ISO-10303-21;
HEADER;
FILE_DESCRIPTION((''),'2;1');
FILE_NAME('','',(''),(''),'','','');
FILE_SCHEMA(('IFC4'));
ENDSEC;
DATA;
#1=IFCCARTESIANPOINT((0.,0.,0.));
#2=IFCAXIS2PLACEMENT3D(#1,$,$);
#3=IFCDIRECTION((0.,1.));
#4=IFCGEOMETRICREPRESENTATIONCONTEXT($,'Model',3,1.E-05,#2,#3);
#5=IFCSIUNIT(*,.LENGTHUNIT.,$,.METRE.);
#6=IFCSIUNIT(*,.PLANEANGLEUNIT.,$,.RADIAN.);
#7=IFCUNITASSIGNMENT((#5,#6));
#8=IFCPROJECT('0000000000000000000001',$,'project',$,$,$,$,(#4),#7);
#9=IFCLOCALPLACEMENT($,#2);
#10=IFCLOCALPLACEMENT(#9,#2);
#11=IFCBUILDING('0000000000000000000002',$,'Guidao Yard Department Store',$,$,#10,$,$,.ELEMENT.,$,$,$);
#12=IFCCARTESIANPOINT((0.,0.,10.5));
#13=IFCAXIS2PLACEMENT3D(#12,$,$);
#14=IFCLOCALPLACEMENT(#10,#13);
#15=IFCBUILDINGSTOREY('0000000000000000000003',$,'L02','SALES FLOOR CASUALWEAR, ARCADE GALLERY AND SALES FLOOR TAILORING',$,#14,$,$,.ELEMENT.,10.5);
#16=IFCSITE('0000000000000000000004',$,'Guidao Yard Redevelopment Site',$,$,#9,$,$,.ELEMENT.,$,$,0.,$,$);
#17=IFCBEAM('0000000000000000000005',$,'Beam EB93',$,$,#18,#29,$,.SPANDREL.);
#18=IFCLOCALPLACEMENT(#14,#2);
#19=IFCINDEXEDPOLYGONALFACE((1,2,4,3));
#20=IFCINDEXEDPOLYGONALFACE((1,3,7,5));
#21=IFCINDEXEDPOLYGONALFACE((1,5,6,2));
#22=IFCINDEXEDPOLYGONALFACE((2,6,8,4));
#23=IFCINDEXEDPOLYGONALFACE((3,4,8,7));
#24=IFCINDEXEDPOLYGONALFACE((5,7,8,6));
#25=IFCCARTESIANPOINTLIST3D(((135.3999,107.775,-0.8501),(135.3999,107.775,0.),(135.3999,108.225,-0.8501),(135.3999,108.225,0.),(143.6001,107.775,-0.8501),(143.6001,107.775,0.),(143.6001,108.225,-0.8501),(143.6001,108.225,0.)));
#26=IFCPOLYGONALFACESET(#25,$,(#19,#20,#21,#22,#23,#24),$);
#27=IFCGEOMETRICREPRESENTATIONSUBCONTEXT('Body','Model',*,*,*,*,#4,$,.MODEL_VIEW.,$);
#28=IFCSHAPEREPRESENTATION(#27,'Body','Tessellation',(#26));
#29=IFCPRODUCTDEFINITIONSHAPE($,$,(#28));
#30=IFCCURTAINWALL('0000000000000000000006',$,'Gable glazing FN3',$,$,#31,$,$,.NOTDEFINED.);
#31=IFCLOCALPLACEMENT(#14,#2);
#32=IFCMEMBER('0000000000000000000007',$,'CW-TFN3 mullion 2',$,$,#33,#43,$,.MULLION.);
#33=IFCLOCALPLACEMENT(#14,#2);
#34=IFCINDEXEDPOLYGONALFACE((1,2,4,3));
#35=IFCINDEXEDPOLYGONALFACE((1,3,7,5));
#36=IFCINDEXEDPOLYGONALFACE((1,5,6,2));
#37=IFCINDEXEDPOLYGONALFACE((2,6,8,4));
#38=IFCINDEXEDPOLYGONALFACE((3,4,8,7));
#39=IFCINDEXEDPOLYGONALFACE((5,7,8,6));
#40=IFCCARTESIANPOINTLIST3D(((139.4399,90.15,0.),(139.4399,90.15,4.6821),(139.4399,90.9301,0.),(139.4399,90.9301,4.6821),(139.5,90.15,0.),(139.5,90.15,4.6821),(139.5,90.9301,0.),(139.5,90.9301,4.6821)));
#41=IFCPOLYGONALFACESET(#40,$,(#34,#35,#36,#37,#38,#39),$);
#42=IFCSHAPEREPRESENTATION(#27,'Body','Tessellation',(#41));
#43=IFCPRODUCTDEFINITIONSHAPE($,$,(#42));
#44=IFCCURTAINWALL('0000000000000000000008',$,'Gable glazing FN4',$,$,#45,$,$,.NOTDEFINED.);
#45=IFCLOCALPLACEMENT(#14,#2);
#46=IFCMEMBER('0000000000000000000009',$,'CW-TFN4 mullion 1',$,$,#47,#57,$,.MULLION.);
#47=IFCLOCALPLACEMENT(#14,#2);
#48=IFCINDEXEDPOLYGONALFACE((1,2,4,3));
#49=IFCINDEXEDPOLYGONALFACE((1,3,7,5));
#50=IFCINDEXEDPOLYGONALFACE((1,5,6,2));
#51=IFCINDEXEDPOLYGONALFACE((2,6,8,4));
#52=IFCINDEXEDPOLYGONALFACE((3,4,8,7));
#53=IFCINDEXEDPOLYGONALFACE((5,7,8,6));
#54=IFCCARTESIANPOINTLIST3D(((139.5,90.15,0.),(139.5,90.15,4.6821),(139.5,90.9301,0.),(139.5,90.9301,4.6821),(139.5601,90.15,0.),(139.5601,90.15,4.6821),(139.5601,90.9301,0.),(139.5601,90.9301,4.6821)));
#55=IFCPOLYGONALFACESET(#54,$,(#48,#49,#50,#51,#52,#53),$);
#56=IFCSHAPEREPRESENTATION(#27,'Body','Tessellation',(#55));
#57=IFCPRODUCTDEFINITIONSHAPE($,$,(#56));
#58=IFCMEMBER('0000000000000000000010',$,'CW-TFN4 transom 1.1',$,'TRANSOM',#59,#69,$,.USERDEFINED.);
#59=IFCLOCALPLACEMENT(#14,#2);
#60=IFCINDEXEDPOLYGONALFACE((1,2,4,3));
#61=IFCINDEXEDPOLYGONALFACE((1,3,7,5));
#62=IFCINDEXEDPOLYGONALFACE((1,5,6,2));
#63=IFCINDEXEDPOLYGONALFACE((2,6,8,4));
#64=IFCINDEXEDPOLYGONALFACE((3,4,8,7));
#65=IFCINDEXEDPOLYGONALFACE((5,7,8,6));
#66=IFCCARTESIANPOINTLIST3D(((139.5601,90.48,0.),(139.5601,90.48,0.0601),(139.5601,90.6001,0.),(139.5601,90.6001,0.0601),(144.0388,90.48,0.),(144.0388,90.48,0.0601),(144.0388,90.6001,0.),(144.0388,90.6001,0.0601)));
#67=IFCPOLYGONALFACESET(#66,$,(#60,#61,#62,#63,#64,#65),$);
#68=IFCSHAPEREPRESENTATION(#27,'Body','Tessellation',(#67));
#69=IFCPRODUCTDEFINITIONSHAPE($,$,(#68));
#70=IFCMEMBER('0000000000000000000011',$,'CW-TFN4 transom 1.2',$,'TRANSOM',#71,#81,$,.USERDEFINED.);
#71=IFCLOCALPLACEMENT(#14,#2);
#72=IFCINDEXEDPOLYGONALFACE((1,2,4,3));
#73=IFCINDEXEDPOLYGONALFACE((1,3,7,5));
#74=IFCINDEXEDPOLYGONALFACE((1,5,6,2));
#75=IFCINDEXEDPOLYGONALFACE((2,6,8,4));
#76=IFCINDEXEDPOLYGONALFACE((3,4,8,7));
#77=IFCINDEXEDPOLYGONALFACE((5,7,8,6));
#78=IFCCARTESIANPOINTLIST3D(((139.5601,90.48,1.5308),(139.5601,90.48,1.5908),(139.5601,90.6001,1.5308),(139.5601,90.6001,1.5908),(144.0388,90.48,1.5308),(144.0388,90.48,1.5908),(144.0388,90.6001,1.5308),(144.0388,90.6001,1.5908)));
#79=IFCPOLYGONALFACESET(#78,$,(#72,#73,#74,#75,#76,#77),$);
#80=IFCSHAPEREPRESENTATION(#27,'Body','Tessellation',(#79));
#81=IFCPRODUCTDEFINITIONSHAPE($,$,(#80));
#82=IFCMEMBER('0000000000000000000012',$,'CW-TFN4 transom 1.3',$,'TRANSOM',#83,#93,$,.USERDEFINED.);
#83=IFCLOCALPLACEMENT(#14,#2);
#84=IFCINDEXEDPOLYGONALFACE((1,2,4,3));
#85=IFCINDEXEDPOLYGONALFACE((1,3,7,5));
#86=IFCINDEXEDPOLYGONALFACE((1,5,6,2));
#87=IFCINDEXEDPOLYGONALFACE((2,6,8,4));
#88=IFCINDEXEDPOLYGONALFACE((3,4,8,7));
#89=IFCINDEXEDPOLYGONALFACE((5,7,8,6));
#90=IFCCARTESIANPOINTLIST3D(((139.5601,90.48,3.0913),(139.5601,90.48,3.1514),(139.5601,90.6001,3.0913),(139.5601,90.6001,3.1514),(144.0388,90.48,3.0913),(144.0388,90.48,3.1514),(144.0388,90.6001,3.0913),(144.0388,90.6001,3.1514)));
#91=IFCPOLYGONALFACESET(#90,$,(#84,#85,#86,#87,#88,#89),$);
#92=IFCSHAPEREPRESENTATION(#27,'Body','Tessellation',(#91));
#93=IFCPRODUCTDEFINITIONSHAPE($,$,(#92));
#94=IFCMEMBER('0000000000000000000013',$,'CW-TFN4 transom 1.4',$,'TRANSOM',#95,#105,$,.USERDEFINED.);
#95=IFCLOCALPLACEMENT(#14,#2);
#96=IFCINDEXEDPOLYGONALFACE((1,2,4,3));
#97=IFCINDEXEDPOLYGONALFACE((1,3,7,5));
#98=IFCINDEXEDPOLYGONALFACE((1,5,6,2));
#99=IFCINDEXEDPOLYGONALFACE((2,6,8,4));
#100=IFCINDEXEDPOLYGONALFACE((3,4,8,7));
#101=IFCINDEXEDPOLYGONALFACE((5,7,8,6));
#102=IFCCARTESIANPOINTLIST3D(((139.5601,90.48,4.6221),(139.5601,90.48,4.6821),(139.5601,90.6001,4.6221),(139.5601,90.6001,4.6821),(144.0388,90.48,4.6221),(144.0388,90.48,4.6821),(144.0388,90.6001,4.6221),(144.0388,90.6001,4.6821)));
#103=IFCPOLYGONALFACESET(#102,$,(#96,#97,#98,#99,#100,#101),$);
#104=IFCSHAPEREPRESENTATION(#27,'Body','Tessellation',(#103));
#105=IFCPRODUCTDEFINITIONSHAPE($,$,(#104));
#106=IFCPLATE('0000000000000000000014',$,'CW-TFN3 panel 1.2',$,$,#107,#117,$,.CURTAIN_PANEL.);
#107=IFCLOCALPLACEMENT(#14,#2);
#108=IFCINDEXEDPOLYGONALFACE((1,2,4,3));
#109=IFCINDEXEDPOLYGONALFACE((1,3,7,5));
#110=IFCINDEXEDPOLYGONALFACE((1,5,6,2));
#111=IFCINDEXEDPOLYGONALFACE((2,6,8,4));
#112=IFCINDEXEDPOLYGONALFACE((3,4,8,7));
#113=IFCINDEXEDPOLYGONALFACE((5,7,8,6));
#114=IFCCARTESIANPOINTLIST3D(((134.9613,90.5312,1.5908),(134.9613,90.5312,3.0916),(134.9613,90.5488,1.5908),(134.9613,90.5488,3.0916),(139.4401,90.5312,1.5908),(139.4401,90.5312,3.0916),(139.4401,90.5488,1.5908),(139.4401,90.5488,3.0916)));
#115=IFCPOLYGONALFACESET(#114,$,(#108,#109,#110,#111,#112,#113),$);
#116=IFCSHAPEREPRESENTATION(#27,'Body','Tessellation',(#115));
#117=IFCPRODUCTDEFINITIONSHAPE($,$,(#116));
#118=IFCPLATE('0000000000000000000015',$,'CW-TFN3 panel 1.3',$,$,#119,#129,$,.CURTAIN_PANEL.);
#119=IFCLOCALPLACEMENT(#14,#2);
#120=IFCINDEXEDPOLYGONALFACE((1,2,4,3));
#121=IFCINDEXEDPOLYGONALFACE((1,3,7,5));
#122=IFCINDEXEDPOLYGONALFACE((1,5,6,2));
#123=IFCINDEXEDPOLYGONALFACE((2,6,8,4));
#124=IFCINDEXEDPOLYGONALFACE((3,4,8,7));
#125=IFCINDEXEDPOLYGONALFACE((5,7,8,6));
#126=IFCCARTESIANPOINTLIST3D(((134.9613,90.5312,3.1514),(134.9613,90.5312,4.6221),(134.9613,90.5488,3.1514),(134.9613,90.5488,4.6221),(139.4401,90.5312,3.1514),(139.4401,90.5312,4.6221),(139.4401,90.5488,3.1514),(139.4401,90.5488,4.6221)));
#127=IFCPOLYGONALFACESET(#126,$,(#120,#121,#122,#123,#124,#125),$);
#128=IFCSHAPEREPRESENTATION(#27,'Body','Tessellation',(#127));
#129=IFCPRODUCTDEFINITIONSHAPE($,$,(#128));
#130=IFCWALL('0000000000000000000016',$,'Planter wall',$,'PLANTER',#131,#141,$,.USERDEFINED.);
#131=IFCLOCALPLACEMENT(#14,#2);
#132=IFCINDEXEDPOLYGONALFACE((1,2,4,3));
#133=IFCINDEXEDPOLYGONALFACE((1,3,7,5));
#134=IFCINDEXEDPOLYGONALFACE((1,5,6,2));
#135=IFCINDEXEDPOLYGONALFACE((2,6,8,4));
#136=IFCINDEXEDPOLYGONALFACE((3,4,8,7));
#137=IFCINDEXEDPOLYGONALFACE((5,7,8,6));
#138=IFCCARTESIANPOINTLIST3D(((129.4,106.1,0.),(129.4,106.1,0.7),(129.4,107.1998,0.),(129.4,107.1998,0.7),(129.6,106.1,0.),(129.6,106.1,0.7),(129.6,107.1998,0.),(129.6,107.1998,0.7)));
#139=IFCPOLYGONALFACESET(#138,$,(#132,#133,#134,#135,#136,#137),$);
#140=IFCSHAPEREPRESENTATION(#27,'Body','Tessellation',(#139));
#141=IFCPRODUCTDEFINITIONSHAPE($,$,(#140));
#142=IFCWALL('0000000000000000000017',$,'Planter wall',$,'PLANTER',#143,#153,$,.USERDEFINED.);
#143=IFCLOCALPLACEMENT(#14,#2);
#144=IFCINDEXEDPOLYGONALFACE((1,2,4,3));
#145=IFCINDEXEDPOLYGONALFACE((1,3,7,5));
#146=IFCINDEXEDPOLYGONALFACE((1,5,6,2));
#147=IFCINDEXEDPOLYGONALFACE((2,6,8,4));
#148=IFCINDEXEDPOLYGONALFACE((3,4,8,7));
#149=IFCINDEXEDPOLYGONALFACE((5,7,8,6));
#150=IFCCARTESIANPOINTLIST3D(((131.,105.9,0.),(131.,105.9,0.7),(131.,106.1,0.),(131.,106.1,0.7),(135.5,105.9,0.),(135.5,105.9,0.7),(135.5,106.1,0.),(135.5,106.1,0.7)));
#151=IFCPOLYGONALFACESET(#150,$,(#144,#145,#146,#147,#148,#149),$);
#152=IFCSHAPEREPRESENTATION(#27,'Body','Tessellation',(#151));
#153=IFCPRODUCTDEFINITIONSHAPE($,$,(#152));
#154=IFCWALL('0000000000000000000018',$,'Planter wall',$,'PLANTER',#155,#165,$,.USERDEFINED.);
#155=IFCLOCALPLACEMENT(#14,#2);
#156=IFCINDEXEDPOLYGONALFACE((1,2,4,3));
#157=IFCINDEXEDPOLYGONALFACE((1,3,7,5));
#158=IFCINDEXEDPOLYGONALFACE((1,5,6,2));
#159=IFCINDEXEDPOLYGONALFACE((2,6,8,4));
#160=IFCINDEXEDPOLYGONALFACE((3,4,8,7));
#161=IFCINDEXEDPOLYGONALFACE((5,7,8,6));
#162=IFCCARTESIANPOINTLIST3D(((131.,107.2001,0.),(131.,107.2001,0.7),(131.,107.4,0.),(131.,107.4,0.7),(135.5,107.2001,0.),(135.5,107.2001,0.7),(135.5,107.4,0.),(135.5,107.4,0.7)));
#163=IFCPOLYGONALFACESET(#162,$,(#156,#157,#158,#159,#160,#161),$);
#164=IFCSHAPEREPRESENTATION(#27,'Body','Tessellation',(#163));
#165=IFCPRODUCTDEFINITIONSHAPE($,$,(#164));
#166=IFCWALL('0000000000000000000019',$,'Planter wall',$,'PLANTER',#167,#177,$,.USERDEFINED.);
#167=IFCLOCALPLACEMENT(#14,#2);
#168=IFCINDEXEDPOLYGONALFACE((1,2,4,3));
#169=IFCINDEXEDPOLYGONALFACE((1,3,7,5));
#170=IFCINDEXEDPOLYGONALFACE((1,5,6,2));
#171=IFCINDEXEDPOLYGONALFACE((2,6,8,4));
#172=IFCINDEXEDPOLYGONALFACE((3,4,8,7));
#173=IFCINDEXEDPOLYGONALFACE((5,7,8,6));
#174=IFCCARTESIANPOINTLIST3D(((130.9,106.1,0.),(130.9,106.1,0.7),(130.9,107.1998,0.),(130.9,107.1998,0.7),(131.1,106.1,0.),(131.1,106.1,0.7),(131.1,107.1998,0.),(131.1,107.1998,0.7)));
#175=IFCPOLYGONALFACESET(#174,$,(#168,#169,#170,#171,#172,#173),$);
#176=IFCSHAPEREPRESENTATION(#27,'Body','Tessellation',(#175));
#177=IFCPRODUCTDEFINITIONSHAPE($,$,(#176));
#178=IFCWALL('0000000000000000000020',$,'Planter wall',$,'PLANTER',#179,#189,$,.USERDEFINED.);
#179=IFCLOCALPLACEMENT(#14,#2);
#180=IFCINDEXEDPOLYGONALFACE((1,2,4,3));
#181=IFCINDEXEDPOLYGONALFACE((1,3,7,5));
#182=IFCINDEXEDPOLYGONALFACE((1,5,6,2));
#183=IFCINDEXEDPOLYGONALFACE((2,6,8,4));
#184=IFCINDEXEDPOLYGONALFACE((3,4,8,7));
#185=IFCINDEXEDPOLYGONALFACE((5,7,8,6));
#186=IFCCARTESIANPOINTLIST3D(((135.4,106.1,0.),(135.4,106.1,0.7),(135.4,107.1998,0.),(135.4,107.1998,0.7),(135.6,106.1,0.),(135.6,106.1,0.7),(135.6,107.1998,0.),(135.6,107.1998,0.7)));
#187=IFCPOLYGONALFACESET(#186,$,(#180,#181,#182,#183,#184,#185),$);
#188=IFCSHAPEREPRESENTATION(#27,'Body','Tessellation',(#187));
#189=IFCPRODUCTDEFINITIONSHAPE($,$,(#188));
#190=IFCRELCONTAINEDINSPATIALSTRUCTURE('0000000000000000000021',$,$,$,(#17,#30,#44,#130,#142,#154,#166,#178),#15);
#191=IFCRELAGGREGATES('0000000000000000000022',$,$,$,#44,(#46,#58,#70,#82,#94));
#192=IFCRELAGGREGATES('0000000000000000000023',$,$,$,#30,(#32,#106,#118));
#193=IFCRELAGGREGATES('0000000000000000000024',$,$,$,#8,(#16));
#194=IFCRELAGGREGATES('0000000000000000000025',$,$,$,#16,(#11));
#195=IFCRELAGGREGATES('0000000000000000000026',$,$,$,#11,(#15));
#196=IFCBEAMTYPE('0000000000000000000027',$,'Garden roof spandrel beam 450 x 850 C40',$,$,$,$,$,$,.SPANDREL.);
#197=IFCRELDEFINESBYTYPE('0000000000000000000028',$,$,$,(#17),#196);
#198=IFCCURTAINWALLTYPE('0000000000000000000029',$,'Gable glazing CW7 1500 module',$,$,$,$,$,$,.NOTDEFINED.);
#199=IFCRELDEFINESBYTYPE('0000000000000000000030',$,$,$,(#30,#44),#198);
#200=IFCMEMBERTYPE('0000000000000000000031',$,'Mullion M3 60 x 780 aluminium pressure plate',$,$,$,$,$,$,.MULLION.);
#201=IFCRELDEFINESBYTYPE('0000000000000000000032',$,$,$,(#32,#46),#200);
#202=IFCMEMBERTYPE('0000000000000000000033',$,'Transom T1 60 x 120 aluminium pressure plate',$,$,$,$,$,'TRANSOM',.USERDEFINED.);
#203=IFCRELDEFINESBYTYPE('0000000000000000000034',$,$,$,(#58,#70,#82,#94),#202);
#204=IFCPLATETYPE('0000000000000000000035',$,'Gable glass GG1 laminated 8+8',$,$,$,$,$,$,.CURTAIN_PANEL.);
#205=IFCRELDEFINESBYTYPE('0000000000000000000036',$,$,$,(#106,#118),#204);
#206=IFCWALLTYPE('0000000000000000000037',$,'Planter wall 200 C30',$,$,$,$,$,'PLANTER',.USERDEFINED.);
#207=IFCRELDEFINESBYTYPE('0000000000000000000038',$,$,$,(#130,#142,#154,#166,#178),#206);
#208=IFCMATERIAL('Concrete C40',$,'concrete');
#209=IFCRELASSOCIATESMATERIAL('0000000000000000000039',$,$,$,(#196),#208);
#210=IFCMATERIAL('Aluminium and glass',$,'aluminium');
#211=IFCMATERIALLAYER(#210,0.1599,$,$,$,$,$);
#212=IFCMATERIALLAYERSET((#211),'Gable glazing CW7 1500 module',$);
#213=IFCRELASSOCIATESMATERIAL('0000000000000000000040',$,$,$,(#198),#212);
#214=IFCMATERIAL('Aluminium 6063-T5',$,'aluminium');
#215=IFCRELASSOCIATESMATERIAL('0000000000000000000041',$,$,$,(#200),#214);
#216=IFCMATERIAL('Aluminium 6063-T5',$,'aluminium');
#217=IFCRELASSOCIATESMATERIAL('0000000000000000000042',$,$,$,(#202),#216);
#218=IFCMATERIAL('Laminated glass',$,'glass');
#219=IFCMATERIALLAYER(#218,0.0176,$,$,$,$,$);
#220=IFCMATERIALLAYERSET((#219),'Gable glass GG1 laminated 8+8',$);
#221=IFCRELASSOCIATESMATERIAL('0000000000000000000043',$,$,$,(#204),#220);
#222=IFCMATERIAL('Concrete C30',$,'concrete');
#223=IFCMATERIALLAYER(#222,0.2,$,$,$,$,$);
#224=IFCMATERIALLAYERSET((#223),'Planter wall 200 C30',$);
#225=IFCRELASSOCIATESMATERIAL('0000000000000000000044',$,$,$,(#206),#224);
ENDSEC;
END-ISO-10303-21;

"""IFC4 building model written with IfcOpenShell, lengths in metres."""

from ifc_helpers import new_model, si_unit, direction, frame, frame_2d, origin, origin_2d, place, context, subcontext, project, spatial, rectangle, extrude, material, layer, layer_set, material_profile, profile_set, type_object, element, aggregate, save


model = new_model("IFC4")

# Units and contexts
model_context = context("Model", 3, precision=1e-05, world=origin(), true_north=direction((0.0, 1.0)))
body_context = subcontext(model_context, "Body", "Model", "MODEL_VIEW")
ifc_project = project(units=[si_unit("LENGTHUNIT", "METRE"), si_unit("PLANEANGLEUNIT", "RADIAN")], contexts=[model_context])

# Site, building, storey
site_placement = place(None, origin())
site = spatial("IfcSite", under=ifc_project, at=site_placement, Name="Guidao Yard Redevelopment Site", CompositionType="ELEMENT", RefElevation=0.0)
building_placement = place(site_placement, origin())
building = spatial("IfcBuilding", under=site, at=building_placement, Name="Guidao Yard Department Store", CompositionType="ELEMENT")
storey_placement = place(building_placement, frame((0.0, 0.0, 10.5)))
storey = spatial("IfcBuildingStorey", under=building, at=storey_placement, Name="L02", Description="SALES FLOOR CASUALWEAR, ARCADE GALLERY AND SALES FLOOR TAILORING", CompositionType="ELEMENT", Elevation=10.5)

# Beam
ifc_material_1 = material(Name="Concrete C40", Category="concrete")
ifc_material_profile_1 = material_profile(ifc_material_1, rectangle(XDim=0.45, YDim=0.8501, at=origin_2d()), Name="Garden roof spandrel beam 450 x 850 C40")
ifc_profile_set_1 = profile_set([ifc_material_profile_1], Name="Concrete C40")
beam_type = type_object("IfcBeamType", Name="Garden roof spandrel beam 450 x 850 C40", PredefinedType="SPANDREL", material=ifc_profile_set_1)
beam_placement = place(storey_placement, frame((135.3999, 108.0, -0.425), z_axis=(1.0, 0.0, 0.0), x_axis=(0.0, 1.0, 0.0)))
element("IfcBeam", 1, at=beam_placement, inside=storey, type_object=beam_type, Name="Beam EB93", PredefinedType="SPANDREL", context=body_context, shape_type="SweptSolid", body=[
    extrude(rectangle(XDim=0.45, YDim=0.8501, at=origin_2d()), origin(), (0.0, 0.0, 1.0), 8.2002),
])

# Curtain wall, member
ifc_material_2 = material(Name="Aluminium and glass", Category="aluminium")
ifc_layer_1 = layer(ifc_material_2, 0.1599)
ifc_layer_set_1 = layer_set([ifc_layer_1], Name="Gable glazing CW7 1500 module")
curtain_wall_type = type_object("IfcCurtainWallType", Name="Gable glazing CW7 1500 module", PredefinedType="NOTDEFINED", material=ifc_layer_set_1)
curtain_wall_1_placement = place(storey_placement, origin())
curtain_wall_1 = element("IfcCurtainWall", 2, at=curtain_wall_1_placement, inside=storey, type_object=curtain_wall_type, Name="Gable glazing FN3", PredefinedType="NOTDEFINED")
ifc_material_3 = material(Name="Aluminium 6063-T5", Category="aluminium")
ifc_material_profile_2 = material_profile(ifc_material_3, rectangle(XDim=0.0601, YDim=0.78, at=origin_2d()), Name="Mullion M3 60 x 780 aluminium pressure plate")
ifc_profile_set_2 = profile_set([ifc_material_profile_2], Name="Aluminium 6063-T5")
member_type_1 = type_object("IfcMemberType", Name="Mullion M3 60 x 780 aluminium pressure plate", PredefinedType="MULLION", material=ifc_profile_set_2)
member_1_placement = place(storey_placement, frame((139.47, 90.54, 0.0), z_axis=(0.0, 0.0, 1.0), x_axis=(1.0, 0.0, 0.0)))
member_1 = element("IfcMember", 3, at=member_1_placement, type_object=member_type_1, Name="CW-TFN3 mullion 2", PredefinedType="MULLION", context=body_context, shape_type="SweptSolid", body=[
    extrude(rectangle(XDim=0.0601, YDim=0.78, at=origin_2d()), origin(), (0.0, 0.0, 1.0), 4.6821),
])

# Curtain wall, members
curtain_wall_2_placement = place(storey_placement, origin())
curtain_wall_2 = element("IfcCurtainWall", 4, at=curtain_wall_2_placement, inside=storey, type_object=curtain_wall_type, Name="Gable glazing FN4", PredefinedType="NOTDEFINED")
member_2_placement = place(storey_placement, frame((139.53, 90.54, 0.0), z_axis=(0.0, 0.0, 1.0), x_axis=(1.0, 0.0, 0.0)))
member_2 = element("IfcMember", 5, at=member_2_placement, type_object=member_type_1, Name="CW-TFN4 mullion 1", PredefinedType="MULLION", context=body_context, shape_type="SweptSolid", body=[
    extrude(rectangle(XDim=0.0601, YDim=0.78, at=origin_2d()), origin(), (0.0, 0.0, 1.0), 4.6821),
])
ifc_material_4 = material(Name="Aluminium 6063-T5", Category="aluminium")
ifc_material_profile_3 = material_profile(ifc_material_4, rectangle(XDim=0.1201, YDim=0.0601, at=origin_2d()), Name="Transom T1 60 x 120 aluminium pressure plate")
ifc_profile_set_3 = profile_set([ifc_material_profile_3], Name="Aluminium 6063-T5")
member_type_2 = type_object("IfcMemberType", Name="Transom T1 60 x 120 aluminium pressure plate", ElementType="TRANSOM", PredefinedType="USERDEFINED", material=ifc_profile_set_3)
member_3_placement = place(storey_placement, frame((139.5601, 90.54, 0.03), z_axis=(1.0, 0.0, 0.0), x_axis=(0.0, 1.0, 0.0)))
member_3 = element("IfcMember", 6, at=member_3_placement, type_object=member_type_2, Name="CW-TFN4 transom 1.1", ObjectType="TRANSOM", PredefinedType="USERDEFINED", context=body_context, shape_type="SweptSolid", body=[
    extrude(rectangle(XDim=0.1201, YDim=0.0601, at=origin_2d()), origin(), (0.0, 0.0, 1.0), 4.4788),
])
member_4_placement = place(storey_placement, frame((139.5601, 90.54, 1.5608), z_axis=(1.0, 0.0, 0.0), x_axis=(0.0, 1.0, 0.0)))
member_4 = element("IfcMember", 7, at=member_4_placement, type_object=member_type_2, Name="CW-TFN4 transom 1.2", ObjectType="TRANSOM", PredefinedType="USERDEFINED", context=body_context, shape_type="SweptSolid", body=[
    extrude(rectangle(XDim=0.1201, YDim=0.0601, at=origin_2d()), origin(), (0.0, 0.0, 1.0), 4.4788),
])
member_5_placement = place(storey_placement, frame((139.5601, 90.54, 3.1213), z_axis=(1.0, 0.0, 0.0), x_axis=(0.0, 1.0, 0.0)))
member_5 = element("IfcMember", 8, at=member_5_placement, type_object=member_type_2, Name="CW-TFN4 transom 1.3", ObjectType="TRANSOM", PredefinedType="USERDEFINED", context=body_context, shape_type="SweptSolid", body=[
    extrude(rectangle(XDim=0.1201, YDim=0.0601, at=origin_2d()), origin(), (0.0, 0.0, 1.0), 4.4788),
])
member_6_placement = place(storey_placement, frame((139.5601, 90.54, 4.6521), z_axis=(1.0, 0.0, 0.0), x_axis=(0.0, 1.0, 0.0)))
member_6 = element("IfcMember", 9, at=member_6_placement, type_object=member_type_2, Name="CW-TFN4 transom 1.4", ObjectType="TRANSOM", PredefinedType="USERDEFINED", context=body_context, shape_type="SweptSolid", body=[
    extrude(rectangle(XDim=0.1201, YDim=0.0601, at=origin_2d()), origin(), (0.0, 0.0, 1.0), 4.4788),
])
aggregate(curtain_wall_2, [member_2, member_3, member_4, member_5, member_6])

# Plates
ifc_material_5 = material(Name="Laminated glass", Category="glass")
ifc_layer_2 = layer(ifc_material_5, 0.0176)
ifc_layer_set_2 = layer_set([ifc_layer_2], Name="Gable glass GG1 laminated 8+8")
plate_type = type_object("IfcPlateType", Name="Gable glass GG1 laminated 8+8", PredefinedType="CURTAIN_PANEL", material=ifc_layer_set_2)
plate_1_placement = place(storey_placement, frame((137.2007, 90.54, 1.5908), z_axis=(0.0, 0.0, 1.0), x_axis=(1.0, 0.0, 0.0)))
plate_1 = element("IfcPlate", 10, at=plate_1_placement, type_object=plate_type, Name="CW-TFN3 panel 1.2", PredefinedType="CURTAIN_PANEL", context=body_context, shape_type="SweptSolid", body=[
    extrude(rectangle(XDim=4.4788, YDim=0.0176, at=origin_2d()), origin(), (0.0, 0.0, 1.0), 1.5007),
])
plate_2_placement = place(storey_placement, frame((137.2007, 90.54, 3.1514), z_axis=(0.0, 0.0, 1.0), x_axis=(1.0, 0.0, 0.0)))
plate_2 = element("IfcPlate", 11, at=plate_2_placement, type_object=plate_type, Name="CW-TFN3 panel 1.3", PredefinedType="CURTAIN_PANEL", context=body_context, shape_type="SweptSolid", body=[
    extrude(rectangle(XDim=4.4788, YDim=0.0176, at=origin_2d()), origin(), (0.0, 0.0, 1.0), 1.4707),
])
aggregate(curtain_wall_1, [member_1, plate_1, plate_2])

# Walls
ifc_material_6 = material(Name="Concrete C30", Category="concrete")
ifc_layer_3 = layer(ifc_material_6, 0.2)
ifc_layer_set_3 = layer_set([ifc_layer_3], Name="Planter wall 200 C30")
wall_type_1 = type_object("IfcWallType", Name="Planter wall 200 C30", ElementType="PLANTER", PredefinedType="USERDEFINED", material=ifc_layer_set_3)
wall_1_placement = place(storey_placement, frame((129.5, 106.1001, 0.0), z_axis=(0.0, 0.0, 1.0), x_axis=(0.0, 1.0, 0.0)))
element("IfcWall", 12, at=wall_1_placement, inside=storey, type_object=wall_type_1, Name="Planter wall", ObjectType="PLANTER", PredefinedType="USERDEFINED", context=body_context, shape_type="SweptSolid", body=[
    extrude(rectangle(XDim=1.0999, YDim=0.2, at=frame_2d((0.5498, 0.0))), origin(), (0.0, 0.0, 1.0), 0.7),
])
for number, where, z_axis, x_axis, name in (
    (13, (131.0, 106.0, 0.0), (0.0, 0.0, 1.0), (1.0, 0.0, 0.0), "Planter wall"),
    (14, (131.0, 107.3, 0.0), (0.0, 0.0, 1.0), (1.0, 0.0, 0.0), "Planter wall"),
):
    element("IfcWall", number, at=place(storey_placement, frame(where, z_axis=z_axis, x_axis=x_axis)), inside=storey, type_object=wall_type_1, Name=name, ObjectType="PLANTER", PredefinedType="USERDEFINED", context=body_context, shape_type="SweptSolid", body=[
        extrude(rectangle(XDim=4.5, YDim=0.2, at=frame_2d((2.25, 0.0))), origin(), (0.0, 0.0, 1.0), 0.7),
    ])
for number, where, z_axis, x_axis, name in (
    (15, (131.0, 106.1001, 0.0), (0.0, 0.0, 1.0), (0.0, 1.0, 0.0), "Planter wall"),
    (16, (135.5, 106.1001, 0.0), (0.0, 0.0, 1.0), (0.0, 1.0, 0.0), "Planter wall"),
):
    element("IfcWall", number, at=place(storey_placement, frame(where, z_axis=z_axis, x_axis=x_axis)), inside=storey, type_object=wall_type_1, Name=name, ObjectType="PLANTER", PredefinedType="USERDEFINED", context=body_context, shape_type="SweptSolid", body=[
        extrude(rectangle(XDim=1.0999, YDim=0.2, at=frame_2d((0.5498, 0.0))), origin(), (0.0, 0.0, 1.0), 0.7),
    ])

save(model, "model.ifc")
